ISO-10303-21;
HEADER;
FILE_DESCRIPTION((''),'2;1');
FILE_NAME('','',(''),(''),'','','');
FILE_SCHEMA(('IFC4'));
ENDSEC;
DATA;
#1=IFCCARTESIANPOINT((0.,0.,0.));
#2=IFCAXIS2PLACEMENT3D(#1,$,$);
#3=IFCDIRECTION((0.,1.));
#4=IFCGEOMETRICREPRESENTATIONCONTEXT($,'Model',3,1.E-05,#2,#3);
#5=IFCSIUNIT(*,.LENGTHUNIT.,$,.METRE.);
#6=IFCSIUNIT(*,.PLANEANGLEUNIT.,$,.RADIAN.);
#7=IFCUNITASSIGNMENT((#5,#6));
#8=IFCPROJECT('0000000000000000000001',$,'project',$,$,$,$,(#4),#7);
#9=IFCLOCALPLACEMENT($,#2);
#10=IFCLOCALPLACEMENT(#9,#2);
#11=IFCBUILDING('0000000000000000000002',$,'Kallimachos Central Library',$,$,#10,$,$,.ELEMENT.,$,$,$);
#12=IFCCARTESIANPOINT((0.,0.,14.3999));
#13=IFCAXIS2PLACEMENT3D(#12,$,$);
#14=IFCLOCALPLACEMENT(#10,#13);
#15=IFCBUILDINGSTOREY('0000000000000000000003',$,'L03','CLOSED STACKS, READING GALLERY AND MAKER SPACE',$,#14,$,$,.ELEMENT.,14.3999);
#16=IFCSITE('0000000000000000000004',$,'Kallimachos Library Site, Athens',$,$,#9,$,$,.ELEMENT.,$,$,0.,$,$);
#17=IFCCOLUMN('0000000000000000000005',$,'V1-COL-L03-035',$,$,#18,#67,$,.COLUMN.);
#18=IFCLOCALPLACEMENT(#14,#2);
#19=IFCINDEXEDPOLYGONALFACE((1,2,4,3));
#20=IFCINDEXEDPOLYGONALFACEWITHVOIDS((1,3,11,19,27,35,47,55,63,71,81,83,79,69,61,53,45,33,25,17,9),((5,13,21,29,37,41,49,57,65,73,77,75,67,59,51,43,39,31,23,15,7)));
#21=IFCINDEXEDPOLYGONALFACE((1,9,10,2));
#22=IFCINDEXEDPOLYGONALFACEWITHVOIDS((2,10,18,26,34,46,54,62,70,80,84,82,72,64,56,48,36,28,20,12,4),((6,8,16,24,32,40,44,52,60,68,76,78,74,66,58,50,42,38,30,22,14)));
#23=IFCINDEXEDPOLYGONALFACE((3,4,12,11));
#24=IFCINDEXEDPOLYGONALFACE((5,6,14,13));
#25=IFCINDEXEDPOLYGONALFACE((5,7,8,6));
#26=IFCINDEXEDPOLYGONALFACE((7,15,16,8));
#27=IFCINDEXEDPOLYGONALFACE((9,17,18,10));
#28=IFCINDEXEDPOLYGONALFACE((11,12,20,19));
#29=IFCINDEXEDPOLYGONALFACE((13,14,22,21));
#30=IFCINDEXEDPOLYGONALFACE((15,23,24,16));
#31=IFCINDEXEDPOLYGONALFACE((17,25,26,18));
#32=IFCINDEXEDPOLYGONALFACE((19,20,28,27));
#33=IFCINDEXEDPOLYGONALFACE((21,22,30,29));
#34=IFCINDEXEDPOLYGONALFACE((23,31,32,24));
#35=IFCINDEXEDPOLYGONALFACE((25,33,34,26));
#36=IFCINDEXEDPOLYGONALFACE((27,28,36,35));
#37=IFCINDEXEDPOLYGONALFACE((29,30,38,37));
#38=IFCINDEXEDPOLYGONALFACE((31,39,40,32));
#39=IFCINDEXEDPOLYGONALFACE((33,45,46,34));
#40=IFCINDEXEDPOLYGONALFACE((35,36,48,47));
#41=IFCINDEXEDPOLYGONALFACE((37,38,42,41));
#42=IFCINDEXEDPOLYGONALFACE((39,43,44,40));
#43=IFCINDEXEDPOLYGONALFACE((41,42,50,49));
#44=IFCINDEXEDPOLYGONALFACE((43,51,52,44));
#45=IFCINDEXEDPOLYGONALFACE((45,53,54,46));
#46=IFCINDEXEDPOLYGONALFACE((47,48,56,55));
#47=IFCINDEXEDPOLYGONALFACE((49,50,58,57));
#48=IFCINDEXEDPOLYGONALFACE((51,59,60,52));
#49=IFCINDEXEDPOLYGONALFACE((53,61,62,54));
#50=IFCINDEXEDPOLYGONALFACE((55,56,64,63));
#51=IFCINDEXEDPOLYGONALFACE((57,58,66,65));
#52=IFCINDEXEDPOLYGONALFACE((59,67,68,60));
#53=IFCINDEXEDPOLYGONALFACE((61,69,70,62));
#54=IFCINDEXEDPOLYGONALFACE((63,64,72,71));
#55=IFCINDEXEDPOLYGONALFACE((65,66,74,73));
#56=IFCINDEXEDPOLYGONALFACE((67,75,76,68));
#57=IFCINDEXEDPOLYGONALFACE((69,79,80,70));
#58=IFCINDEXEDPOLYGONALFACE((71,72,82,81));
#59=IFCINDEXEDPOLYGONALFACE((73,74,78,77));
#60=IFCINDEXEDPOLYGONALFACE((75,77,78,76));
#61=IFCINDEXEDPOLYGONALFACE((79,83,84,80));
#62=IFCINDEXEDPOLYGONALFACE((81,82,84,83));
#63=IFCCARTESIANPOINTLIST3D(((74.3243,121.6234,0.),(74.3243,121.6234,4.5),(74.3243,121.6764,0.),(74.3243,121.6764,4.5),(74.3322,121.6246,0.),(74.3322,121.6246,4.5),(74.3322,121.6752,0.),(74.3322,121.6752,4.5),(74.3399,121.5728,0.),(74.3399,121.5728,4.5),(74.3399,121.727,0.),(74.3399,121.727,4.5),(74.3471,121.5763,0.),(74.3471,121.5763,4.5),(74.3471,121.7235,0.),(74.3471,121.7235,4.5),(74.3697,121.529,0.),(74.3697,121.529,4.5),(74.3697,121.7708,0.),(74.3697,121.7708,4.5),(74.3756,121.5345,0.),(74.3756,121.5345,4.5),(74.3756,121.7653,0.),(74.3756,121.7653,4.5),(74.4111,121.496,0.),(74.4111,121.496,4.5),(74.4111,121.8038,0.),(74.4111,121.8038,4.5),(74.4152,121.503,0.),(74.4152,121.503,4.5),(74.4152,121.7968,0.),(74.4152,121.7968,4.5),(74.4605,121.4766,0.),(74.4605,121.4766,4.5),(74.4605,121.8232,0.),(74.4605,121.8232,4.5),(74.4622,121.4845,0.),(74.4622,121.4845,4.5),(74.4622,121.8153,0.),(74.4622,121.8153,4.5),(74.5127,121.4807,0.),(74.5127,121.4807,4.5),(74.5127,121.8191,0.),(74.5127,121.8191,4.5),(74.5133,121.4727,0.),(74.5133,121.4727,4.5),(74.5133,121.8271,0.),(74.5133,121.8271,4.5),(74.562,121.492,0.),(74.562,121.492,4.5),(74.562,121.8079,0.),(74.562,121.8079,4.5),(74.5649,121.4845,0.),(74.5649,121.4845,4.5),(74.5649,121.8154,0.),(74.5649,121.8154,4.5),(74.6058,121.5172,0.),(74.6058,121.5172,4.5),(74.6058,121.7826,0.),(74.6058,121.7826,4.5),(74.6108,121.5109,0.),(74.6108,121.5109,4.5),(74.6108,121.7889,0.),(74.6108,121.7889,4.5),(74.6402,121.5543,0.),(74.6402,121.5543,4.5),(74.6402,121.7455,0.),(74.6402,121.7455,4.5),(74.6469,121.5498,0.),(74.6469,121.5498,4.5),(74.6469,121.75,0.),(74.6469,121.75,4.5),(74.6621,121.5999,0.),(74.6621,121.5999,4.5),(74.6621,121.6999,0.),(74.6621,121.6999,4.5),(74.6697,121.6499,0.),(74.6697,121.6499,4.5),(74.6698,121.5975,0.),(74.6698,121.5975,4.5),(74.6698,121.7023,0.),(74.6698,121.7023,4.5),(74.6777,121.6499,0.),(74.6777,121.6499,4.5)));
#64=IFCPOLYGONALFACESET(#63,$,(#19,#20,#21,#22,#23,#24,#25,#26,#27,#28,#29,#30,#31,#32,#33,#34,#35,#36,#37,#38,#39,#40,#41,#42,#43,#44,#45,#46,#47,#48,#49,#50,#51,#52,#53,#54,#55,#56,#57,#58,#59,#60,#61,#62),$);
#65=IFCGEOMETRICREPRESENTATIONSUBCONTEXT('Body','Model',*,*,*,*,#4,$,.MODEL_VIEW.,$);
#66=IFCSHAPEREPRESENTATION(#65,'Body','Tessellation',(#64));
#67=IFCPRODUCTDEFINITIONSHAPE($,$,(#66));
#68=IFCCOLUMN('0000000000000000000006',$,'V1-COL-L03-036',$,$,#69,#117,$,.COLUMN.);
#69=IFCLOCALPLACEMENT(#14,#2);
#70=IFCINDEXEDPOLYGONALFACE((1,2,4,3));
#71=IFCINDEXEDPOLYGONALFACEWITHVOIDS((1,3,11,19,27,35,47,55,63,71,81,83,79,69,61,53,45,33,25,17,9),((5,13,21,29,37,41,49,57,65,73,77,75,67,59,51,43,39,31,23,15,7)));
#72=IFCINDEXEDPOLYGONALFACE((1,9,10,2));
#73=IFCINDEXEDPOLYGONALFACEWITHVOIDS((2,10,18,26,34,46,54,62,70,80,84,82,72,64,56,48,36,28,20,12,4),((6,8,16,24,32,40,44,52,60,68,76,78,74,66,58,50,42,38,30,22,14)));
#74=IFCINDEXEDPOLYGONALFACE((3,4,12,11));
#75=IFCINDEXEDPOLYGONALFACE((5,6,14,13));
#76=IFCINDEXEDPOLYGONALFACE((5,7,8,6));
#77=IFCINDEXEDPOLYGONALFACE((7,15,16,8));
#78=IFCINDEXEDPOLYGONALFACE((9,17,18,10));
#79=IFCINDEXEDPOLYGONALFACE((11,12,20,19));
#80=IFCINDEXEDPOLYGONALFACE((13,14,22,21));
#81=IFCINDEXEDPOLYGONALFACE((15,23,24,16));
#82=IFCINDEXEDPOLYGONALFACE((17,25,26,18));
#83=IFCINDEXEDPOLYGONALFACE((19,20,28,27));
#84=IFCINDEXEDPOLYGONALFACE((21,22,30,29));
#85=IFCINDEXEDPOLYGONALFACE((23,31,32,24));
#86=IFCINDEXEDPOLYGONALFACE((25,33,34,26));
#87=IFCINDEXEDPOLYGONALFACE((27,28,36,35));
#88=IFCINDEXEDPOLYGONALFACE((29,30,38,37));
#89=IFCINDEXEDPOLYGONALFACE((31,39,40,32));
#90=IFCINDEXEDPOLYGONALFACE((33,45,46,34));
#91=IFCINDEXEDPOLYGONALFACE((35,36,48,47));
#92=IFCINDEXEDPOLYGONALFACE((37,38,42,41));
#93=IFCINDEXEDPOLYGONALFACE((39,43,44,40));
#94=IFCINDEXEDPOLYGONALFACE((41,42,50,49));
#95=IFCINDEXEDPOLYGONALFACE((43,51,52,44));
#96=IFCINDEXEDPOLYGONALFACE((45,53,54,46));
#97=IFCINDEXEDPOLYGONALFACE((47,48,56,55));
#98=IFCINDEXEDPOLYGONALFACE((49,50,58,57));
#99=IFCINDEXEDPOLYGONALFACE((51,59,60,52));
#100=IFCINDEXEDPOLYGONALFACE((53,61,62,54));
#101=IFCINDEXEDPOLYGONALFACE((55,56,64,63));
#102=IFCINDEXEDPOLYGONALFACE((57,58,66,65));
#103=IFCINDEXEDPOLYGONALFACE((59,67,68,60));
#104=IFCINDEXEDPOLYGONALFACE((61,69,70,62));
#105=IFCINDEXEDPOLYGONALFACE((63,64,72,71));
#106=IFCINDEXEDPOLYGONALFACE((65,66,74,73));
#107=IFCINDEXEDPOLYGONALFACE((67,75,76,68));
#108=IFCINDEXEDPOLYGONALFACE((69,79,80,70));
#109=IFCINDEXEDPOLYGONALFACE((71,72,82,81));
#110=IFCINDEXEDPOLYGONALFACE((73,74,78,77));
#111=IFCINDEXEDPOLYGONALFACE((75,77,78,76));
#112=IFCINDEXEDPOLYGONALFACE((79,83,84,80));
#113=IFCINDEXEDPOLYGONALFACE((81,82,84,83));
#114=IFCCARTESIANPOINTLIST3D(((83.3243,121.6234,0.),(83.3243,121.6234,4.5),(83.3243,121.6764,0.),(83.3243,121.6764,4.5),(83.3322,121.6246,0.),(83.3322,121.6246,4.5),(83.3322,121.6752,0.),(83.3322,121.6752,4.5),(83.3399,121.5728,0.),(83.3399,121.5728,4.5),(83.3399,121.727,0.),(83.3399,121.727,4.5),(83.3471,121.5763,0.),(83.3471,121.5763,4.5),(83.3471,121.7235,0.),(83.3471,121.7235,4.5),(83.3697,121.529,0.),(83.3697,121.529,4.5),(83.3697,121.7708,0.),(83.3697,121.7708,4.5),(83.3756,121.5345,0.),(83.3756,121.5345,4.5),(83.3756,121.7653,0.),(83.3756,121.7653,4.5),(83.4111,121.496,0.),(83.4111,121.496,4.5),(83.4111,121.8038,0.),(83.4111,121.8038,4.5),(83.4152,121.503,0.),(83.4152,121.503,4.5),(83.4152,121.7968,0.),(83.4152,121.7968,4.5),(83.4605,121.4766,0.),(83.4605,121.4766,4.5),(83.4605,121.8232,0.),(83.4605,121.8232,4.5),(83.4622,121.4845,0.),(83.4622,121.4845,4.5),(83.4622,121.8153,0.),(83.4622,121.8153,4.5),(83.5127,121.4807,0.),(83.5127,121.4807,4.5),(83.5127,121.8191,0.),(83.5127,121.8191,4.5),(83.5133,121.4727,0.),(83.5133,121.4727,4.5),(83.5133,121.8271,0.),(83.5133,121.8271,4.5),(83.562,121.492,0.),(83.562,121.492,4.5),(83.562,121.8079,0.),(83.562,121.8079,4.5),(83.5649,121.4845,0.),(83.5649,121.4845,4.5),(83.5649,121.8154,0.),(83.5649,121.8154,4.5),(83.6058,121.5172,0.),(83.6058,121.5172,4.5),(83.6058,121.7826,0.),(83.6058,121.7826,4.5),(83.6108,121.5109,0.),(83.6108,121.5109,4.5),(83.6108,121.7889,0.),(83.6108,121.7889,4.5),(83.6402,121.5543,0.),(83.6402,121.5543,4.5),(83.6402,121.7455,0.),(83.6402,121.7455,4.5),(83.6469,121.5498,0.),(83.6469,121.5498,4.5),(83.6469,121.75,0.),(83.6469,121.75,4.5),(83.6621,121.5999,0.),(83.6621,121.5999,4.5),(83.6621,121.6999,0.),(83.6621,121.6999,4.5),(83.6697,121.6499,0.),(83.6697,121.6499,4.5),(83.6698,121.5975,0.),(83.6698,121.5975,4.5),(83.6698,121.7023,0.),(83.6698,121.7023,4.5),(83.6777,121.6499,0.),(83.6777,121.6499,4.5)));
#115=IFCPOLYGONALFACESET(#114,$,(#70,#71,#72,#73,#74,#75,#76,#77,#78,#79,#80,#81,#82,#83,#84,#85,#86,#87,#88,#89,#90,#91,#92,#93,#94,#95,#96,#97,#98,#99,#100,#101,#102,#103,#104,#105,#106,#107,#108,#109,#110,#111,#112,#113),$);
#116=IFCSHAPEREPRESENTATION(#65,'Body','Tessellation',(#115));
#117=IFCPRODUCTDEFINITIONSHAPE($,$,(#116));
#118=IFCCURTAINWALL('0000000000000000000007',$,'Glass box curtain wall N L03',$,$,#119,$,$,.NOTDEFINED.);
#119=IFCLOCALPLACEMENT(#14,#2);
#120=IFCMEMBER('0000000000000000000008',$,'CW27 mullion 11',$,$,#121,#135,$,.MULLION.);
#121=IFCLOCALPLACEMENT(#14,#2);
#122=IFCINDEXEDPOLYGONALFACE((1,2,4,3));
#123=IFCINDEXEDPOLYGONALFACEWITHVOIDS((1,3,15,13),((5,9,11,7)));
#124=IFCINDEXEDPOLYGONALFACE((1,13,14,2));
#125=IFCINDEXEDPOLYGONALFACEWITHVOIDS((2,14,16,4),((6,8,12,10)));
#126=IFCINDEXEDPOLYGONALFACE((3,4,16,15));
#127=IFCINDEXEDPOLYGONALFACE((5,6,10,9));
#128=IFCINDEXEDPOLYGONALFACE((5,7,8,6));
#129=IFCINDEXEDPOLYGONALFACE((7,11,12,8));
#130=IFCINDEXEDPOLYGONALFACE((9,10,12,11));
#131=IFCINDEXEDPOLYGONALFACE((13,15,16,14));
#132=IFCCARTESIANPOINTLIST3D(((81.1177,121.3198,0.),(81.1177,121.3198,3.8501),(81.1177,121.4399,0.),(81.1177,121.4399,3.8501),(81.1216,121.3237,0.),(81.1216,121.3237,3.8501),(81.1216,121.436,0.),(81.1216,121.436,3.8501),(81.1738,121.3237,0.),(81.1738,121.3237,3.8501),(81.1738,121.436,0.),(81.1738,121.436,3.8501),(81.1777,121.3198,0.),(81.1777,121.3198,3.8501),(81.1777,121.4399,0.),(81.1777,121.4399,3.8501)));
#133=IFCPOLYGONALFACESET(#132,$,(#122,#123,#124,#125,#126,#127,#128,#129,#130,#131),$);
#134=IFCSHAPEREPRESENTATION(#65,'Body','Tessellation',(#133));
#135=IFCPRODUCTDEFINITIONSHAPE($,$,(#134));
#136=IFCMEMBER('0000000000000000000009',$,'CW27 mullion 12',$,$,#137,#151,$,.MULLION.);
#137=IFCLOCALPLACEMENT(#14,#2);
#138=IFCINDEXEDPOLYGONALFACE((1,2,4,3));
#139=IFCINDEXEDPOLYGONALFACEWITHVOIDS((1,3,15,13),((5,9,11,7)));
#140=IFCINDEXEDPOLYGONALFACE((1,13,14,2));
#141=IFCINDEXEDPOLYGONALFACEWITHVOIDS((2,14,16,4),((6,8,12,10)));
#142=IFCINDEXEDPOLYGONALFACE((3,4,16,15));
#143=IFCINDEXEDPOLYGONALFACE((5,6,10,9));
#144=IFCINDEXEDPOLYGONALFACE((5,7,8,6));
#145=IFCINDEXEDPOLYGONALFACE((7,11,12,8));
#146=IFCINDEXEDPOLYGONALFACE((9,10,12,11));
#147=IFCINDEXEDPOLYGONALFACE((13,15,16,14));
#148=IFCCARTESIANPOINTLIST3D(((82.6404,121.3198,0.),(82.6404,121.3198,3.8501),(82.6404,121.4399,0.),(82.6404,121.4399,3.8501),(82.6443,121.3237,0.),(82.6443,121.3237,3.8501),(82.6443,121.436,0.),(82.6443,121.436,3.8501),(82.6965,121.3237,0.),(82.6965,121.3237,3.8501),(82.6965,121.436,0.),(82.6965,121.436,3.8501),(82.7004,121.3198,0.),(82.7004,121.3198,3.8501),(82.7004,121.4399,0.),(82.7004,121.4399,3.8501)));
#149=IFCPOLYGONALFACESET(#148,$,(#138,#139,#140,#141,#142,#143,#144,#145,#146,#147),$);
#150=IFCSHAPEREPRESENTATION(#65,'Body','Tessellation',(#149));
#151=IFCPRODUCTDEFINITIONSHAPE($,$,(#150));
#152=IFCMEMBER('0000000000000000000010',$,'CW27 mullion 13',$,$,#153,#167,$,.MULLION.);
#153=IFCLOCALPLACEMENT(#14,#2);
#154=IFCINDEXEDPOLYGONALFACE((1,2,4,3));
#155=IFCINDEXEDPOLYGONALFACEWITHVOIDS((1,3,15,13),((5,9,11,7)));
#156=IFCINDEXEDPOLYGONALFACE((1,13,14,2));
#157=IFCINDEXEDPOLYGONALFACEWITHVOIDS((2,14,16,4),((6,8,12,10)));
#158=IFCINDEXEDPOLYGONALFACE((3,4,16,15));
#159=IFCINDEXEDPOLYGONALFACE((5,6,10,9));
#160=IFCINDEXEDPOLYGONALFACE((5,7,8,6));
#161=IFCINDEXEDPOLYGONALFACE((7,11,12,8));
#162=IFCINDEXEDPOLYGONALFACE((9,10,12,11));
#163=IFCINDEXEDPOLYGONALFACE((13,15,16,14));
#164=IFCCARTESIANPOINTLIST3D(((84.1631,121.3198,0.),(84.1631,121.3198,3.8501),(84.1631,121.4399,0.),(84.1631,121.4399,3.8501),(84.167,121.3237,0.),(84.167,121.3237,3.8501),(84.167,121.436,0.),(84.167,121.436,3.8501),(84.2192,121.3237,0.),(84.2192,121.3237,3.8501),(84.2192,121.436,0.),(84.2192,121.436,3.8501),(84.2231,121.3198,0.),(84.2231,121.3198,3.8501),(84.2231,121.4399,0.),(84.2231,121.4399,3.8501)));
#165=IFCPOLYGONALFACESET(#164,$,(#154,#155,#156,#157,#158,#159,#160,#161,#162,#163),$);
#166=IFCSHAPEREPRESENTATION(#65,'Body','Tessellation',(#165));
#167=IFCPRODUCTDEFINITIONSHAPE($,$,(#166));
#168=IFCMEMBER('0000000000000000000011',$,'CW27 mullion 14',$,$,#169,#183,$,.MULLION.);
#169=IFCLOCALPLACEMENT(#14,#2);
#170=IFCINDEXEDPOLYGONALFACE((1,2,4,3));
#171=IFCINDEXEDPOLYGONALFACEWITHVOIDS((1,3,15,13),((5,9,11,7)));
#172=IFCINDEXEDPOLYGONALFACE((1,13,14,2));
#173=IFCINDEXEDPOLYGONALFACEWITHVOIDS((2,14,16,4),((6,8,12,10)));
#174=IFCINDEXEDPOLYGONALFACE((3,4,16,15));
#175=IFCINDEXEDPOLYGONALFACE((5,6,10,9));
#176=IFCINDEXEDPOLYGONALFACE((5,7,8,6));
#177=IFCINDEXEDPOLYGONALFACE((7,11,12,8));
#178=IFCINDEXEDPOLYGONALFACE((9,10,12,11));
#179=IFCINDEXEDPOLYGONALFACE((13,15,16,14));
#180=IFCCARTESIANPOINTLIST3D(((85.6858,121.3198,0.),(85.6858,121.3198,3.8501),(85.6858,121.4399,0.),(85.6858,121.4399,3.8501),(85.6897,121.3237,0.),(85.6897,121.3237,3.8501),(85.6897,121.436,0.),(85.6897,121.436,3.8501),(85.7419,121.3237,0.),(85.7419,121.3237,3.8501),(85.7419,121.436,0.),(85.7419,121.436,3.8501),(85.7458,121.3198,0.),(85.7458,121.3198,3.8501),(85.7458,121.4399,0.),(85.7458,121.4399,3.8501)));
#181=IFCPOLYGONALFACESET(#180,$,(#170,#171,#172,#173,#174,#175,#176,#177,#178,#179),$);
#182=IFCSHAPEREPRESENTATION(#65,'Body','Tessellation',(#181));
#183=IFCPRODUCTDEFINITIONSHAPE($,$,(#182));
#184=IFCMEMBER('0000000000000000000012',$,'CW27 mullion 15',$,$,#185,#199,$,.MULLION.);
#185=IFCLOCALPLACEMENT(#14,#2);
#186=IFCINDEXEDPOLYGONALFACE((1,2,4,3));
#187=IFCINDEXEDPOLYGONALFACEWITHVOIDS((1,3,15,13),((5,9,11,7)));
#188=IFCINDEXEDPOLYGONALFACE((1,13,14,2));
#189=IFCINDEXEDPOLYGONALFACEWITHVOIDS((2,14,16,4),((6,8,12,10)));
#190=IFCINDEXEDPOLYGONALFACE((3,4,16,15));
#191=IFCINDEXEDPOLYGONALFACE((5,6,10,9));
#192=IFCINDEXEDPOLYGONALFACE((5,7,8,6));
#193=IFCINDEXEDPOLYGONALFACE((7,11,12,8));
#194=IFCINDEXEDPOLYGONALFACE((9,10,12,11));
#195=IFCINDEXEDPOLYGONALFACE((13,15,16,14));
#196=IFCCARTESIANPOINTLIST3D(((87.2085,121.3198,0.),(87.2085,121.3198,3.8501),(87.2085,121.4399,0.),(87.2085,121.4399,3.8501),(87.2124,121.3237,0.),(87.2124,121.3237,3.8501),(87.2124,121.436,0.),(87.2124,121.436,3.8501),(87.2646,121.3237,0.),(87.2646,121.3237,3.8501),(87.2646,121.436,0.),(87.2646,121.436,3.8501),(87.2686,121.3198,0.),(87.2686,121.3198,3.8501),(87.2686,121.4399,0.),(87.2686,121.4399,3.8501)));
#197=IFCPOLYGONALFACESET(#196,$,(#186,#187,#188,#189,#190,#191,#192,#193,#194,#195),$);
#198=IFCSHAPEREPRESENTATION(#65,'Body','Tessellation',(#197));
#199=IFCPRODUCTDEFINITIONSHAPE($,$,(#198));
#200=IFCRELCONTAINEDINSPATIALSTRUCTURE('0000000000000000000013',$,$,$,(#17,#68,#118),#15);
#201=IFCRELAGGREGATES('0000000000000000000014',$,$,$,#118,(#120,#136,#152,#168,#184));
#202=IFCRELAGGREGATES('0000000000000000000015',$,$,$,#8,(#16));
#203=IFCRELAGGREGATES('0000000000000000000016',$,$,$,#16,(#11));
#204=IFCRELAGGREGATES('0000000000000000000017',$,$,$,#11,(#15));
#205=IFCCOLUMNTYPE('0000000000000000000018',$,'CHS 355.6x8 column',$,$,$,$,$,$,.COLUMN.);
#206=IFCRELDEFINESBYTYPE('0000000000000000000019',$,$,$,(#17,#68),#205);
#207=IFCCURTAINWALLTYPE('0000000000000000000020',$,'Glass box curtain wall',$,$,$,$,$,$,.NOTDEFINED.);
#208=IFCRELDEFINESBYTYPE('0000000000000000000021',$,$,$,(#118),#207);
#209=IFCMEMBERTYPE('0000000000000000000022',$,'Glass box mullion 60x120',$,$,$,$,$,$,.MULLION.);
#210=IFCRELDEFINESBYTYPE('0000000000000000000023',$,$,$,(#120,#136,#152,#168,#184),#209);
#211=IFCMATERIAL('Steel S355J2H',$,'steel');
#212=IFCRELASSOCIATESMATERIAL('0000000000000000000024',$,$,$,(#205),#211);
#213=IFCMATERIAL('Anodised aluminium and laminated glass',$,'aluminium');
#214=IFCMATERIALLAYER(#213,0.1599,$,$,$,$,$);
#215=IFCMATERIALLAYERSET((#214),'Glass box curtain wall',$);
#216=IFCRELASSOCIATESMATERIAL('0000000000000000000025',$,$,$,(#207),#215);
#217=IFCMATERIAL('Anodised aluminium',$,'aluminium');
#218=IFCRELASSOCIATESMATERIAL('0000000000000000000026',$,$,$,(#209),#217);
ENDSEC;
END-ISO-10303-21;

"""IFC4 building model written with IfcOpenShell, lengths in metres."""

from ifc_helpers import new_model, si_unit, direction, frame, origin, origin_2d, place, context, subcontext, project, spatial, hollow_rectangle, hollow_circle, extrude, material, layer, layer_set, material_profile, profile_set, type_object, element, aggregate, save


model = new_model("IFC4")

# Units and contexts
model_context = context("Model", 3, precision=1e-05, world=origin(), true_north=direction((0.0, 1.0)))
body_context = subcontext(model_context, "Body", "Model", "MODEL_VIEW")
ifc_project = project(units=[si_unit("LENGTHUNIT", "METRE"), si_unit("PLANEANGLEUNIT", "RADIAN")], contexts=[model_context])

# Site, building, storey
site_placement = place(None, origin())
site = spatial("IfcSite", under=ifc_project, at=site_placement, Name="Kallimachos Library Site, Athens", CompositionType="ELEMENT", RefElevation=0.0)
building_placement = place(site_placement, origin())
building = spatial("IfcBuilding", under=site, at=building_placement, Name="Kallimachos Central Library", CompositionType="ELEMENT")
storey_placement = place(building_placement, frame((0.0, 0.0, 14.3999)))
storey = spatial("IfcBuildingStorey", under=building, at=storey_placement, Name="L03", Description="CLOSED STACKS, READING GALLERY AND MAKER SPACE", CompositionType="ELEMENT", Elevation=14.3999)

# Columns
ifc_material_1 = material(Name="Steel S355J2H", Category="steel")
ifc_material_profile_1 = material_profile(ifc_material_1, hollow_circle(Radius=0.1777, WallThickness=0.0081, at=origin_2d()), Name="CHS 355.6x8")
ifc_profile_set_1 = profile_set([ifc_material_profile_1], Name="Steel S355J2H")
column_type = type_object("IfcColumnType", Name="CHS 355.6x8 column", PredefinedType="COLUMN", material=ifc_profile_set_1)
for number, where, z_axis, x_axis, name in (
    (1, (74.5, 121.6499, 0.0), (0.0, 0.0, 1.0), (1.0, 0.0, 0.0), "V1-COL-L03-035"),
    (2, (83.5, 121.6499, 0.0), (0.0, 0.0, 1.0), (1.0, 0.0, 0.0), "V1-COL-L03-036"),
):
    element("IfcColumn", number, at=place(storey_placement, frame(where, z_axis=z_axis, x_axis=x_axis)), inside=storey, type_object=column_type, Name=name, PredefinedType="COLUMN", context=body_context, shape_type="SweptSolid", body=[
        extrude(hollow_circle(Radius=0.1777, WallThickness=0.0081, at=origin_2d()), origin(), (0.0, 0.0, 1.0), 4.5),
    ])

# Curtain wall, members
ifc_material_2 = material(Name="Anodised aluminium and laminated glass", Category="aluminium")
ifc_layer_1 = layer(ifc_material_2, 0.1599)
ifc_layer_set_1 = layer_set([ifc_layer_1], Name="Glass box curtain wall")
curtain_wall_type = type_object("IfcCurtainWallType", Name="Glass box curtain wall", PredefinedType="NOTDEFINED", material=ifc_layer_set_1)
curtain_wall_placement = place(storey_placement, origin())
curtain_wall = element("IfcCurtainWall", 3, at=curtain_wall_placement, inside=storey, type_object=curtain_wall_type, Name="Glass box curtain wall N L03", PredefinedType="NOTDEFINED")
ifc_material_3 = material(Name="Anodised aluminium", Category="aluminium")
ifc_material_profile_2 = material_profile(ifc_material_3, hollow_rectangle(XDim=0.0601, YDim=0.1201, WallThickness=0.0039, at=origin_2d()), Name="ALU MULLION 60x120")
ifc_profile_set_2 = profile_set([ifc_material_profile_2], Name="Anodised aluminium")
member_type_1 = type_object("IfcMemberType", Name="Glass box mullion 60x120", PredefinedType="MULLION", material=ifc_profile_set_2)
member_1_placement = place(storey_placement, frame((81.1477, 121.3799, 0.0), z_axis=(0.0, 0.0, 1.0), x_axis=(1.0, 0.0, 0.0)))
member_1 = element("IfcMember", 4, at=member_1_placement, type_object=member_type_1, Name="CW27 mullion 11", PredefinedType="MULLION", context=body_context, shape_type="SweptSolid", body=[
    extrude(hollow_rectangle(XDim=0.0601, YDim=0.1201, WallThickness=0.0039, at=origin_2d()), origin(), (0.0, 0.0, 1.0), 3.8501),
])
member_2_placement = place(storey_placement, frame((82.6704, 121.3799, 0.0), z_axis=(0.0, 0.0, 1.0), x_axis=(1.0, 0.0, 0.0)))
member_2 = element("IfcMember", 5, at=member_2_placement, type_object=member_type_1, Name="CW27 mullion 12", PredefinedType="MULLION", context=body_context, shape_type="SweptSolid", body=[
    extrude(hollow_rectangle(XDim=0.0601, YDim=0.1201, WallThickness=0.0039, at=origin_2d()), origin(), (0.0, 0.0, 1.0), 3.8501),
])
member_3_placement = place(storey_placement, frame((84.1931, 121.3799, 0.0), z_axis=(0.0, 0.0, 1.0), x_axis=(1.0, 0.0, 0.0)))
member_3 = element("IfcMember", 6, at=member_3_placement, type_object=member_type_1, Name="CW27 mullion 13", PredefinedType="MULLION", context=body_context, shape_type="SweptSolid", body=[
    extrude(hollow_rectangle(XDim=0.0601, YDim=0.1201, WallThickness=0.0039, at=origin_2d()), origin(), (0.0, 0.0, 1.0), 3.8501),
])
member_4_placement = place(storey_placement, frame((85.7158, 121.3799, 0.0), z_axis=(0.0, 0.0, 1.0), x_axis=(1.0, 0.0, 0.0)))
member_4 = element("IfcMember", 7, at=member_4_placement, type_object=member_type_1, Name="CW27 mullion 14", PredefinedType="MULLION", context=body_context, shape_type="SweptSolid", body=[
    extrude(hollow_rectangle(XDim=0.0601, YDim=0.1201, WallThickness=0.0039, at=origin_2d()), origin(), (0.0, 0.0, 1.0), 3.8501),
])
member_5_placement = place(storey_placement, frame((87.2385, 121.3799, 0.0), z_axis=(0.0, 0.0, 1.0), x_axis=(1.0, 0.0, 0.0)))
member_5 = element("IfcMember", 8, at=member_5_placement, type_object=member_type_1, Name="CW27 mullion 15", PredefinedType="MULLION", context=body_context, shape_type="SweptSolid", body=[
    extrude(hollow_rectangle(XDim=0.0601, YDim=0.1201, WallThickness=0.0039, at=origin_2d()), origin(), (0.0, 0.0, 1.0), 3.8501),
])

aggregate(curtain_wall, [member_1, member_2, member_3, member_4, member_5])

save(model, "model.ifc")
